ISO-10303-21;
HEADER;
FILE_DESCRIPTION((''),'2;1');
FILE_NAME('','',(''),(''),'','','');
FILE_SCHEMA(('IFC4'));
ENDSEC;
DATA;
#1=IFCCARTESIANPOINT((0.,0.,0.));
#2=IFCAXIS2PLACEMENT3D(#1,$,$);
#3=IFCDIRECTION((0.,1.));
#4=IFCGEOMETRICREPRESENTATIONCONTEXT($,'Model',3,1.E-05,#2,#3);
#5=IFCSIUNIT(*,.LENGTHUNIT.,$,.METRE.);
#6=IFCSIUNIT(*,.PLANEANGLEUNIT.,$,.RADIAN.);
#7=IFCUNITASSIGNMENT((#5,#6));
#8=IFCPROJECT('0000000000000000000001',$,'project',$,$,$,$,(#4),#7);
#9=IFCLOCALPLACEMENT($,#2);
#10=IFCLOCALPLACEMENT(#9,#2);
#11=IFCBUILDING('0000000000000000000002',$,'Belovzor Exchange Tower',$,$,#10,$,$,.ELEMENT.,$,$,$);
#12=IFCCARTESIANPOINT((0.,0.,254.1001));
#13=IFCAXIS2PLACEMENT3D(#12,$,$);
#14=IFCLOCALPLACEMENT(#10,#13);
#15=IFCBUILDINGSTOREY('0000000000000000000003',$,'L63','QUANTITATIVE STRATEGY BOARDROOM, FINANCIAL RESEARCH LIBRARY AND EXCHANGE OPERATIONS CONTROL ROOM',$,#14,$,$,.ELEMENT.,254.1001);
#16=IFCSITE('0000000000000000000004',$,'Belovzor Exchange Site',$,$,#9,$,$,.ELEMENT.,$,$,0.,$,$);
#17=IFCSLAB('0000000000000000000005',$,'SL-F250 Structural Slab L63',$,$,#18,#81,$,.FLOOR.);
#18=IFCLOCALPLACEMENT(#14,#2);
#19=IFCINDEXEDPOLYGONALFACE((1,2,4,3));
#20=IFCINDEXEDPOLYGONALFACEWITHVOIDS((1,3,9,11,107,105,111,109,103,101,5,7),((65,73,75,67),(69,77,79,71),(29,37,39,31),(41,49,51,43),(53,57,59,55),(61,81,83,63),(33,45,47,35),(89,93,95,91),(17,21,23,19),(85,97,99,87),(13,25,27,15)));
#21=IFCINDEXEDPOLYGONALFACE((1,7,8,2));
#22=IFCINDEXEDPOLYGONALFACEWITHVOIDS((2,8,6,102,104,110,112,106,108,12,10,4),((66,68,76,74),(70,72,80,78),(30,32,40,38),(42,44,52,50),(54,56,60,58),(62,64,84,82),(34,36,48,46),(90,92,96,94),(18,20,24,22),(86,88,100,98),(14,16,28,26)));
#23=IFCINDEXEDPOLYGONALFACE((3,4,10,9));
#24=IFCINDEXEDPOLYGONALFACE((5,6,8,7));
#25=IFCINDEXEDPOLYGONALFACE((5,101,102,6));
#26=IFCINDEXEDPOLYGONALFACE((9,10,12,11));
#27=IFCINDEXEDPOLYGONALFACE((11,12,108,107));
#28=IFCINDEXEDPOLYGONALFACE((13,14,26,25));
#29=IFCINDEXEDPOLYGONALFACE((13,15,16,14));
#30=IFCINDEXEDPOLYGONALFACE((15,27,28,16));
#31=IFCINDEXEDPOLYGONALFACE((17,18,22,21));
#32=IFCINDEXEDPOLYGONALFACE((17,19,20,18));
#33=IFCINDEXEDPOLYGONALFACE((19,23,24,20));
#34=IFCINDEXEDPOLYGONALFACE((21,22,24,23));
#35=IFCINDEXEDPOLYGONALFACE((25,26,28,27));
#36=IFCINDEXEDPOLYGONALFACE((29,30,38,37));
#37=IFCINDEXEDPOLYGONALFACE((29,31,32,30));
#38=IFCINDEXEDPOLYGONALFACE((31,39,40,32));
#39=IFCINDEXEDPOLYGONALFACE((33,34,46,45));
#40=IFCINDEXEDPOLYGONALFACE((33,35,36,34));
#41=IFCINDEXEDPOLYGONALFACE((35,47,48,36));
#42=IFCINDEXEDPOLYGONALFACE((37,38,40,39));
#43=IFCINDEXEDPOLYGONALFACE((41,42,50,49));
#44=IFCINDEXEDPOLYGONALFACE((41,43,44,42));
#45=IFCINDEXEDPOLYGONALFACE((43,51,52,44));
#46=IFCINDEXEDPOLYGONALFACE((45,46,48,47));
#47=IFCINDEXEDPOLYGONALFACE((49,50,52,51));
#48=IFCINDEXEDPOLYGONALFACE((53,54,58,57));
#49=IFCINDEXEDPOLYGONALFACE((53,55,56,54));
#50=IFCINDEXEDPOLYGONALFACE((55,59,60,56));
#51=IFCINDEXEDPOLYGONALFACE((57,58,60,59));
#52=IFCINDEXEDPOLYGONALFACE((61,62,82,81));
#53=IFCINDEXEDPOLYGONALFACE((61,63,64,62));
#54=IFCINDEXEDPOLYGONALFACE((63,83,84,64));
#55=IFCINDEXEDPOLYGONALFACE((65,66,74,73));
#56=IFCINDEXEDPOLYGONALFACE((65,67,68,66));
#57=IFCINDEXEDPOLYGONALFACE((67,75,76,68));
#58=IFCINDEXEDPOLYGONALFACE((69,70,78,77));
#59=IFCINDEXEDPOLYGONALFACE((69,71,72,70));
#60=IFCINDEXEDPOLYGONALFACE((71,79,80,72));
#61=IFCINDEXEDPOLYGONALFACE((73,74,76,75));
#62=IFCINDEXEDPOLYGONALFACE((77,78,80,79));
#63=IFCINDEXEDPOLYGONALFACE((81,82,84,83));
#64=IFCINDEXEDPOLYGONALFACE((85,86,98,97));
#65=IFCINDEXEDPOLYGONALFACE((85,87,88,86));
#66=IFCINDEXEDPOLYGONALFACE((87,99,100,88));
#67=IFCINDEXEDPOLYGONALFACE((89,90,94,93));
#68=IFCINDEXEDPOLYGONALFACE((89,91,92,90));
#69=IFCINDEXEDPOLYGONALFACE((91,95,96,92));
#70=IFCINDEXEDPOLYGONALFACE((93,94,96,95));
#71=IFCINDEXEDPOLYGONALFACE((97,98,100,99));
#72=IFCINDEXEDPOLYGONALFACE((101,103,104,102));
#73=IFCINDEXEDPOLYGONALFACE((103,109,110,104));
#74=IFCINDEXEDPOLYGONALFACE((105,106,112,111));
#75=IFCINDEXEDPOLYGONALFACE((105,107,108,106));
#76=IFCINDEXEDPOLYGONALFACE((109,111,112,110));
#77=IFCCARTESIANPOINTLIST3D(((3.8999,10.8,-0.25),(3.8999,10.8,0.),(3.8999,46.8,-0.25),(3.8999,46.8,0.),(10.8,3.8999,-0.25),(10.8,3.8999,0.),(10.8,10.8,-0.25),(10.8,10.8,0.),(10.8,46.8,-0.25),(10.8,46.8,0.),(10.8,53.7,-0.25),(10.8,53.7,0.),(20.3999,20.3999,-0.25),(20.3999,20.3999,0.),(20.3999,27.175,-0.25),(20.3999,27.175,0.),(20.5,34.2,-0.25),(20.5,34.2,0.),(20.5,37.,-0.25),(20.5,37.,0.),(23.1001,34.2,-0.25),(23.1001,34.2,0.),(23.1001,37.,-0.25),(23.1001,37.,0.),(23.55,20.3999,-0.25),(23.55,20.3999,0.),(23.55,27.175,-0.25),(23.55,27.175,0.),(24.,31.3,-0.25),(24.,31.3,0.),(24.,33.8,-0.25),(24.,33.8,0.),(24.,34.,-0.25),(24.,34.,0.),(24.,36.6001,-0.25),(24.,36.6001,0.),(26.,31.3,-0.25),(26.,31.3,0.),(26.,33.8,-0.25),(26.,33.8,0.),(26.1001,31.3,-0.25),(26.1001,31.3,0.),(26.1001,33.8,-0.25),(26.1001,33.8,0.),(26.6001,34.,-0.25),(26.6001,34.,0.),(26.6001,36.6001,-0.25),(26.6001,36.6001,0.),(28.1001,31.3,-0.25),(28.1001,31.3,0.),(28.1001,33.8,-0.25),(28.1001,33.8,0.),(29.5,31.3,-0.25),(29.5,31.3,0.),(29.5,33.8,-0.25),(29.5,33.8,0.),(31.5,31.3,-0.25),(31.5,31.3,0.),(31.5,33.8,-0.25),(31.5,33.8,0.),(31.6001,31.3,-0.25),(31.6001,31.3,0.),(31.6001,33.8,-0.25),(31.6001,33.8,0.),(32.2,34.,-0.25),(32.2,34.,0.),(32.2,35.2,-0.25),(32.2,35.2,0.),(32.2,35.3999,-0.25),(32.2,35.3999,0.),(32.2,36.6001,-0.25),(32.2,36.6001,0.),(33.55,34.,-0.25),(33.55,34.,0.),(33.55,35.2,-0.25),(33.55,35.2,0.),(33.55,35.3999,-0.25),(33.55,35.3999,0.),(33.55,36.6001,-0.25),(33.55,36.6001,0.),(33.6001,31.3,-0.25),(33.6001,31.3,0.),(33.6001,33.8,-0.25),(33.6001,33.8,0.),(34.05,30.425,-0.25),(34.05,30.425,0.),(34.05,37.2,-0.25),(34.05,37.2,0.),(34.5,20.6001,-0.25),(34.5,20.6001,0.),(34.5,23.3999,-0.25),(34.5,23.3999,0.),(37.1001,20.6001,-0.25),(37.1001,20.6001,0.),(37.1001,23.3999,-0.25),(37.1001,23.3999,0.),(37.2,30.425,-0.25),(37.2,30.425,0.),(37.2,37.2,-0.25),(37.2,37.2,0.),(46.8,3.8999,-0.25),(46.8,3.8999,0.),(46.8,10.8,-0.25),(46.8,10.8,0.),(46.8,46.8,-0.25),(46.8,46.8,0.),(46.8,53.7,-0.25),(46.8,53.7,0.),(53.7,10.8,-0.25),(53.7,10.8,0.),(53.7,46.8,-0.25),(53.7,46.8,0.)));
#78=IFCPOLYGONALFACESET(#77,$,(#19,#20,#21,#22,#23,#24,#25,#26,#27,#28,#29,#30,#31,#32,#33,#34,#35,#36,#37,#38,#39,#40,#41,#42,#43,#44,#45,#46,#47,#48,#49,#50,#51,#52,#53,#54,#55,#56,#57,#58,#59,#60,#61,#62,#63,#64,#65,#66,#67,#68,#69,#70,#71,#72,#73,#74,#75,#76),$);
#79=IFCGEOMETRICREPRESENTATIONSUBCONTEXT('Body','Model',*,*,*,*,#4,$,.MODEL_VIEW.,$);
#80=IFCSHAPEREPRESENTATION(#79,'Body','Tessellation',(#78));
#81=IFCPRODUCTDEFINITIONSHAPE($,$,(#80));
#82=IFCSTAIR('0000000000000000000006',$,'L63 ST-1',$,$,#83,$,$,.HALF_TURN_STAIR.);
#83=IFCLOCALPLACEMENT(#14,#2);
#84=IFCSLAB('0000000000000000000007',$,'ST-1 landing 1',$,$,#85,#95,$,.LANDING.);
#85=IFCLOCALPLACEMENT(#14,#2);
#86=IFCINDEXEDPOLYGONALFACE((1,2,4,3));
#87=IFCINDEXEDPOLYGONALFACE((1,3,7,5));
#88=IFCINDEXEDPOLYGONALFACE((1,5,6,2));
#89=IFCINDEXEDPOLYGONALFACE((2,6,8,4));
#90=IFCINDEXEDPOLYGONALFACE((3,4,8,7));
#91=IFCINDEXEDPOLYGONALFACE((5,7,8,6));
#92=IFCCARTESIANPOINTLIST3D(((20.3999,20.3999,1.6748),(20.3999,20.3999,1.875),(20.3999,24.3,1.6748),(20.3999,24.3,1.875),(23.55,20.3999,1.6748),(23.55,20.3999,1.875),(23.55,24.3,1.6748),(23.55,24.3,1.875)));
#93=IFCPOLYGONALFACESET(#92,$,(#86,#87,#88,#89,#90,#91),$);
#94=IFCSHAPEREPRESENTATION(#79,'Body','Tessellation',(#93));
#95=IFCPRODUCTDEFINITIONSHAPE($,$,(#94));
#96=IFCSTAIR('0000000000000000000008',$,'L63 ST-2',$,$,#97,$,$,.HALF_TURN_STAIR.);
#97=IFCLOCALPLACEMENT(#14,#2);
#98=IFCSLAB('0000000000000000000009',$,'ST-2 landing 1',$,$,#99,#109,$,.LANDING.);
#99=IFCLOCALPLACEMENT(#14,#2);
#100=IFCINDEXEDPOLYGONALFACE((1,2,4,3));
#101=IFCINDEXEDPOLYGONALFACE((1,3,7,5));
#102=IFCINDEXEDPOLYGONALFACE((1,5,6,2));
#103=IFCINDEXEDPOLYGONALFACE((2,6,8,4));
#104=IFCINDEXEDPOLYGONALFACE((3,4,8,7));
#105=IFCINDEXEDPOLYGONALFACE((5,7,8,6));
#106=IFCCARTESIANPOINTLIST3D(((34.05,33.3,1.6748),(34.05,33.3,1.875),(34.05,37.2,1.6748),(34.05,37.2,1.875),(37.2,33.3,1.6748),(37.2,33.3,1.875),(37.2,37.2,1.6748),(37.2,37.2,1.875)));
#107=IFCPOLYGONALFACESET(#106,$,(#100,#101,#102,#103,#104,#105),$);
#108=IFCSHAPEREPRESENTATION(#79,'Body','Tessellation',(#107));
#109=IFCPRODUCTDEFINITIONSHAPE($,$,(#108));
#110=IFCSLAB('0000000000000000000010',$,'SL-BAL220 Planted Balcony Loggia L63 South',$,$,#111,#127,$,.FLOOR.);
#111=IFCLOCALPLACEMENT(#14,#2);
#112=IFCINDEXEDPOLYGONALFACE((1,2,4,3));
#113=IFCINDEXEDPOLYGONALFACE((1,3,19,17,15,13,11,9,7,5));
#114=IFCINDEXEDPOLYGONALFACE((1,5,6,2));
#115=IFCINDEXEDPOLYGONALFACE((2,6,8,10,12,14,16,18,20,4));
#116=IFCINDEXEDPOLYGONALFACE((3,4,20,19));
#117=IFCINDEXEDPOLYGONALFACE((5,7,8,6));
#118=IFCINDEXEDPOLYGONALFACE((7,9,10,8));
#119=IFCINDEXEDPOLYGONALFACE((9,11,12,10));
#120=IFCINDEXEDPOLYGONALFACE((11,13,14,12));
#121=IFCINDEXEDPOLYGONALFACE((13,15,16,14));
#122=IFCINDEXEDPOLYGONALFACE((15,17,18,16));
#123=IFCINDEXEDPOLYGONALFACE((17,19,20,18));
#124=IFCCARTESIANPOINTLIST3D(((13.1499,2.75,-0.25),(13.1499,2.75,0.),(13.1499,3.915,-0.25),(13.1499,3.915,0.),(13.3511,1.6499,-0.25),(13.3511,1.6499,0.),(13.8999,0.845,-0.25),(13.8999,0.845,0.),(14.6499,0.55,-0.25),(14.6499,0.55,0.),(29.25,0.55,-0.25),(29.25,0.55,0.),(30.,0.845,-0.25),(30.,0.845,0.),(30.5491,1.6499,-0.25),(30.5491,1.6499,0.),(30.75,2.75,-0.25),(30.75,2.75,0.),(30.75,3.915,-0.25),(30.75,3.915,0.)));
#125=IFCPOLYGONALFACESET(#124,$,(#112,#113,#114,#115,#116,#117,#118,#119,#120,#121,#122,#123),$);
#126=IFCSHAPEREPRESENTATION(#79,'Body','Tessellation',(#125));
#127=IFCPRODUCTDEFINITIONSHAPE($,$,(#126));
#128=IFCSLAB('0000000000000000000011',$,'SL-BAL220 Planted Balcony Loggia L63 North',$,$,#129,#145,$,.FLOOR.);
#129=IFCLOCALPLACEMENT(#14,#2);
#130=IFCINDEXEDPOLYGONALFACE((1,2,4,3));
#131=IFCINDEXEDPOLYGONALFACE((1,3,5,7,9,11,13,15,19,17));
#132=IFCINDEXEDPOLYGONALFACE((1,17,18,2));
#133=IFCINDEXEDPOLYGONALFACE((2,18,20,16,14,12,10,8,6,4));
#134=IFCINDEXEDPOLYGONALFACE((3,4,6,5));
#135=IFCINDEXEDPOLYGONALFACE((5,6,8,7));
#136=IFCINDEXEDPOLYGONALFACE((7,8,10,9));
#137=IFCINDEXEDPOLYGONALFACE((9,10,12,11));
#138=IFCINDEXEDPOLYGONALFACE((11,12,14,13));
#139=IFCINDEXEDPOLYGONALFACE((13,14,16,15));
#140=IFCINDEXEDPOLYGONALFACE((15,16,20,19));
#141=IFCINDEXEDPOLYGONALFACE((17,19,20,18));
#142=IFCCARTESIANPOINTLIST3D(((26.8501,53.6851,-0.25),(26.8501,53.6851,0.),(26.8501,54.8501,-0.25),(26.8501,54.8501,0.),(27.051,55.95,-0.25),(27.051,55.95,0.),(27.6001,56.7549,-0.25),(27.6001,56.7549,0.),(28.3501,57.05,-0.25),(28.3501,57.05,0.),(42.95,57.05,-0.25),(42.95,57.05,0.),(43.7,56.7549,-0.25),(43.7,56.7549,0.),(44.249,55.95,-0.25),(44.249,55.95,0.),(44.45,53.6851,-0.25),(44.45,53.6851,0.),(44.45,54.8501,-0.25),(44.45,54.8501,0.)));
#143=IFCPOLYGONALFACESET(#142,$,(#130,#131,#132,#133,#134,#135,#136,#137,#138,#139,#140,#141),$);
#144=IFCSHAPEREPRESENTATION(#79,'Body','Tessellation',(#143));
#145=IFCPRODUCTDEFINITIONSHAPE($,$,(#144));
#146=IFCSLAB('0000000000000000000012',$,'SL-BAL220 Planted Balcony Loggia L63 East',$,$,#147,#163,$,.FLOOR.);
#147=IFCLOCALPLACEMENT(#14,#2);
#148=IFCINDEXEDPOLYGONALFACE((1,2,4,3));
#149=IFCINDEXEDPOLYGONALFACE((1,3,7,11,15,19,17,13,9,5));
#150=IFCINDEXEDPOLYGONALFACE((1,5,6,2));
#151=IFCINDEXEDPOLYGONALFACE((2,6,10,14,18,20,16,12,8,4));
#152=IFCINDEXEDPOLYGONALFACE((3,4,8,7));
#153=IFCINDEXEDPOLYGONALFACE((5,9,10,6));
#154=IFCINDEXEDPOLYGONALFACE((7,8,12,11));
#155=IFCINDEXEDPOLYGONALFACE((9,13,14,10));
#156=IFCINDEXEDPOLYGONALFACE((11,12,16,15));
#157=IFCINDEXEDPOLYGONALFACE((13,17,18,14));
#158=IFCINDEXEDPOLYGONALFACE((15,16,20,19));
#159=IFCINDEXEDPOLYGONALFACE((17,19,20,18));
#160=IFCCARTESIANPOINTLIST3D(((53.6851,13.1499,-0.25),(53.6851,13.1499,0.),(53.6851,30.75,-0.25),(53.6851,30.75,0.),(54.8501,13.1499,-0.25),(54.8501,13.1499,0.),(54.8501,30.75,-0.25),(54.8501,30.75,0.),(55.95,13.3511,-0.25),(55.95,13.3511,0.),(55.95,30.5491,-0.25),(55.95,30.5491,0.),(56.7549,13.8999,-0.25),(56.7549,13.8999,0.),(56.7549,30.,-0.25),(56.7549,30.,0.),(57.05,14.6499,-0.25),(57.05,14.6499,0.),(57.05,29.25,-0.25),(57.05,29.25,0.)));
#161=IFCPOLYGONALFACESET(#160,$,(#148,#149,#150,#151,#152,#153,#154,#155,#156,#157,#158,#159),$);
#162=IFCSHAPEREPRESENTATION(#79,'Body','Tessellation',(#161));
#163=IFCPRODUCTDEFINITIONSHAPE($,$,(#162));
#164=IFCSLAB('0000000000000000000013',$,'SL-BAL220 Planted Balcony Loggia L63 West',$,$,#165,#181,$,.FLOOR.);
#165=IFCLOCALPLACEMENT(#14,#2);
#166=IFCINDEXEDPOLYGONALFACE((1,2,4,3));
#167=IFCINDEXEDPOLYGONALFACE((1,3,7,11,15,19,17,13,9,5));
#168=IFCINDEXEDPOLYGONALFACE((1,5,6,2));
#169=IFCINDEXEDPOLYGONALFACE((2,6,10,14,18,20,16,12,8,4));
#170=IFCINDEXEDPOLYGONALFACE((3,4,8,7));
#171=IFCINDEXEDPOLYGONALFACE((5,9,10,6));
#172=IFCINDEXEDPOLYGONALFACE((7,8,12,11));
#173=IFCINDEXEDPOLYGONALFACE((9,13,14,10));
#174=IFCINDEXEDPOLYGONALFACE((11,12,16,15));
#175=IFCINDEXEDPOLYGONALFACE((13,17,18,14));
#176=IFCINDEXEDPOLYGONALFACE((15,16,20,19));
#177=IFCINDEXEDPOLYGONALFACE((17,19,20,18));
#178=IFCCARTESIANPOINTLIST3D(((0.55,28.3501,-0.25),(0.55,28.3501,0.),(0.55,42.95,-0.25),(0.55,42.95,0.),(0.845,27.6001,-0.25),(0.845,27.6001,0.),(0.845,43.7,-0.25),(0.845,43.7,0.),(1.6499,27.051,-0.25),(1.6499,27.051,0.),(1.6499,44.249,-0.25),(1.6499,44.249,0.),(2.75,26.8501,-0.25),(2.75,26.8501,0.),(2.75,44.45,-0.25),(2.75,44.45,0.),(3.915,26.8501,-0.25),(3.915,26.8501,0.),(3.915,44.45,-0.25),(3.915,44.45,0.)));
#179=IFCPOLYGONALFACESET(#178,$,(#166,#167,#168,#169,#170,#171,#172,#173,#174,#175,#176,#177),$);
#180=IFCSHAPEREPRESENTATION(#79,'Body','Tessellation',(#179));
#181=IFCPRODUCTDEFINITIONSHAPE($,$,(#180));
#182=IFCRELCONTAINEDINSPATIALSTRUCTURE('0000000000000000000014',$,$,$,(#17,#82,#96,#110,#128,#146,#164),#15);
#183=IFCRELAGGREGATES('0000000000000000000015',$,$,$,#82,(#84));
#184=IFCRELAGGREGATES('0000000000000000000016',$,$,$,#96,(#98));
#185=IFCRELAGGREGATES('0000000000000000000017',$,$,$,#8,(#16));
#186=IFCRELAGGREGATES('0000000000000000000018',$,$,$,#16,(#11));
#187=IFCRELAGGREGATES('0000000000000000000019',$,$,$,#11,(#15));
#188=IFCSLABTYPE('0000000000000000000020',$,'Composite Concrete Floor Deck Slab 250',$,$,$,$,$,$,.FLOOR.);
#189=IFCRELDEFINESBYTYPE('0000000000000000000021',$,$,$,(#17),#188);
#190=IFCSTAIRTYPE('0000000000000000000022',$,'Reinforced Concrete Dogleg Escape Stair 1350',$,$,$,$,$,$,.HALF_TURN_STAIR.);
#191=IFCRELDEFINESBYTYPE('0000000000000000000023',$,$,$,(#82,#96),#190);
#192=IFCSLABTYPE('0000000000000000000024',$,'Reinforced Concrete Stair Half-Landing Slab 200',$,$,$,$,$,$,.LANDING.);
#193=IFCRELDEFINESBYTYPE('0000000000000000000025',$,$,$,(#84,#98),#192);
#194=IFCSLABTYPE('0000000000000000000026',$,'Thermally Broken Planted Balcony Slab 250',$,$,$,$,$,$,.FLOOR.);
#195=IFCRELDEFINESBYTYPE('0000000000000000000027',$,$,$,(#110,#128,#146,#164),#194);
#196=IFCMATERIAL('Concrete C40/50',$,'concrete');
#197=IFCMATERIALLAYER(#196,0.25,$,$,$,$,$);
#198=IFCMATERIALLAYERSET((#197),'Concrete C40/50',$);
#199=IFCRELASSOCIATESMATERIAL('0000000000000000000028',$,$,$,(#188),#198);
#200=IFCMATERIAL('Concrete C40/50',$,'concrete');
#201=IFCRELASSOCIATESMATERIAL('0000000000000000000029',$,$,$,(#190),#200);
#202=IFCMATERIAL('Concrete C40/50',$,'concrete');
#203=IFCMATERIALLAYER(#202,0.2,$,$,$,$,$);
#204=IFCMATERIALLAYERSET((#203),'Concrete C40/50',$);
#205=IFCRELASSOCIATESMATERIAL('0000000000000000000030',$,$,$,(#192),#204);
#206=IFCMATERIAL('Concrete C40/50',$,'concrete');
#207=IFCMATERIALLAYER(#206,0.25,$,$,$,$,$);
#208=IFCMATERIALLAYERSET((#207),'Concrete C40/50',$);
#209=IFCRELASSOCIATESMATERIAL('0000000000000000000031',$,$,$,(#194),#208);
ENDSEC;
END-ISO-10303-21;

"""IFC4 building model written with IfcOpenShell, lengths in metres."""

from ifc_helpers import new_model, si_unit, direction, frame, origin, place, context, subcontext, project, spatial, polyline, outline, extrude, material, layer, layer_set, type_object, element, aggregate, save


model = new_model("IFC4")

# Units and contexts
model_context = context("Model", 3, precision=1e-05, world=origin(), true_north=direction((0.0, 1.0)))
body_context = subcontext(model_context, "Body", "Model", "MODEL_VIEW")
ifc_project = project(units=[si_unit("LENGTHUNIT", "METRE"), si_unit("PLANEANGLEUNIT", "RADIAN")], contexts=[model_context])

# Site, building, storey
site_placement = place(None, origin())
site = spatial("IfcSite", under=ifc_project, at=site_placement, Name="Belovzor Exchange Site", CompositionType="ELEMENT", RefElevation=0.0)
building_placement = place(site_placement, origin())
building = spatial("IfcBuilding", under=site, at=building_placement, Name="Belovzor Exchange Tower", CompositionType="ELEMENT")
storey_placement = place(building_placement, frame((0.0, 0.0, 254.1001)))
storey = spatial("IfcBuildingStorey", under=building, at=storey_placement, Name="L63", Description="QUANTITATIVE STRATEGY BOARDROOM, FINANCIAL RESEARCH LIBRARY AND EXCHANGE OPERATIONS CONTROL ROOM", CompositionType="ELEMENT", Elevation=254.1001)

# Slab
ifc_material_1 = material(Name="Concrete C40/50", Category="concrete")
ifc_layer_1 = layer(ifc_material_1, 0.25)
ifc_layer_set_1 = layer_set([ifc_layer_1], Name="Concrete C40/50")
slab_type_1 = type_object("IfcSlabType", Name="Composite Concrete Floor Deck Slab 250", PredefinedType="FLOOR", material=ifc_layer_set_1)
slab_1_placement = place(storey_placement, frame((0.0, 0.0, -0.25)))
element("IfcSlab", 1, at=slab_1_placement, inside=storey, type_object=slab_type_1, Name="SL-F250 Structural Slab L63", PredefinedType="FLOOR", context=body_context, shape_type="SweptSolid", body=[
    extrude(outline(polyline([(10.8, 3.8999), (46.8, 3.8999), (46.8, 10.8), (53.7, 10.8), (53.7, 46.8), (46.8, 46.8), (46.8, 53.7), (10.8, 53.7), (10.8, 46.8), (3.8999, 46.8), (3.8999, 10.8), (10.8, 10.8), (10.8, 3.8999)]), holes=[polyline([(20.3999, 27.175), (20.3999, 20.3999), (23.55, 20.3999), (23.55, 27.175), (20.3999, 27.175)]), polyline([(37.2, 30.425), (37.2, 37.2), (34.05, 37.2), (34.05, 30.425), (37.2, 30.425)]), polyline([(20.5, 34.2), (23.1001, 34.2), (23.1001, 37.0), (20.5, 37.0), (20.5, 34.2)]), polyline([(34.5, 20.6001), (37.1001, 20.6001), (37.1001, 23.3999), (34.5, 23.3999), (34.5, 20.6001)]), polyline([(24.0, 34.0), (26.6001, 34.0), (26.6001, 36.6001), (24.0, 36.6001), (24.0, 34.0)]), polyline([(24.0, 31.3), (26.0, 31.3), (26.0, 33.8), (24.0, 33.8), (24.0, 31.3)]), polyline([(26.1001, 31.3), (28.1001, 31.3), (28.1001, 33.8), (26.1001, 33.8), (26.1001, 31.3)]), polyline([(29.5, 31.3), (31.5, 31.3), (31.5, 33.8), (29.5, 33.8), (29.5, 31.3)]), polyline([(31.6001, 31.3), (33.6001, 31.3), (33.6001, 33.8), (31.6001, 33.8), (31.6001, 31.3)]), polyline([(32.2, 34.0), (33.55, 34.0), (33.55, 35.2), (32.2, 35.2), (32.2, 34.0)]), polyline([(32.2, 35.3999), (33.55, 35.3999), (33.55, 36.6001), (32.2, 36.6001), (32.2, 35.3999)])]), origin(), (0.0, 0.0, 1.0), 0.25),
])

# Stairs, slabs
ifc_material_2 = material(Name="Concrete C40/50", Category="concrete")
stair_type = type_object("IfcStairType", Name="Reinforced Concrete Dogleg Escape Stair 1350", PredefinedType="HALF_TURN_STAIR", material=ifc_material_2)
stair_1_placement = place(storey_placement, origin())
stair_1 = element("IfcStair", 2, at=stair_1_placement, inside=storey, type_object=stair_type, Name="L63 ST-1", PredefinedType="HALF_TURN_STAIR")
ifc_material_3 = material(Name="Concrete C40/50", Category="concrete")
ifc_layer_2 = layer(ifc_material_3, 0.2)
ifc_layer_set_2 = layer_set([ifc_layer_2], Name="Concrete C40/50")
slab_type_2 = type_object("IfcSlabType", Name="Reinforced Concrete Stair Half-Landing Slab 200", PredefinedType="LANDING", material=ifc_layer_set_2)
slab_2_placement = place(storey_placement, frame((0.0, 0.0, 1.6748)))
slab_2 = element("IfcSlab", 3, at=slab_2_placement, type_object=slab_type_2, Name="ST-1 landing 1", PredefinedType="LANDING", context=body_context, shape_type="SweptSolid", body=[
    extrude(outline(polyline([(20.3999, 24.3), (20.3999, 20.3999), (23.55, 20.3999), (23.55, 24.3), (20.3999, 24.3)])), origin(), (0.0, 0.0, 1.0), 0.2002),
])
aggregate(stair_1, [slab_2])
stair_2_placement = place(storey_placement, origin())
stair_2 = element("IfcStair", 4, at=stair_2_placement, inside=storey, type_object=stair_type, Name="L63 ST-2", PredefinedType="HALF_TURN_STAIR")
slab_3_placement = place(storey_placement, frame((0.0, 0.0, 1.6748)))
slab_3 = element("IfcSlab", 5, at=slab_3_placement, type_object=slab_type_2, Name="ST-2 landing 1", PredefinedType="LANDING", context=body_context, shape_type="SweptSolid", body=[
    extrude(outline(polyline([(37.2, 33.3), (37.2, 37.2), (34.05, 37.2), (34.05, 33.3), (37.2, 33.3)])), origin(), (0.0, 0.0, 1.0), 0.2002),
])
aggregate(stair_2, [slab_3])

# Slabs
ifc_material_4 = material(Name="Concrete C40/50", Category="concrete")
ifc_layer_3 = layer(ifc_material_4, 0.25)
ifc_layer_set_3 = layer_set([ifc_layer_3], Name="Concrete C40/50")
slab_type_3 = type_object("IfcSlabType", Name="Thermally Broken Planted Balcony Slab 250", PredefinedType="FLOOR", material=ifc_layer_set_3)
slab_4_placement = place(storey_placement, frame((0.0, 0.0, -0.25)))
element("IfcSlab", 6, at=slab_4_placement, inside=storey, type_object=slab_type_3, Name="SL-BAL220 Planted Balcony Loggia L63 South", PredefinedType="FLOOR", context=body_context, shape_type="SweptSolid", body=[
    extrude(outline(polyline([(13.1499, 3.915), (13.1499, 2.75), (13.3511, 1.6499), (13.8999, 0.845), (14.6499, 0.55), (29.25, 0.55), (30.0, 0.845), (30.5491, 1.6499), (30.75, 2.75), (30.75, 3.915), (13.1499, 3.915)])), origin(), (0.0, 0.0, 1.0), 0.25),
])
slab_5_placement = place(storey_placement, frame((0.0, 0.0, -0.25)))
element("IfcSlab", 7, at=slab_5_placement, inside=storey, type_object=slab_type_3, Name="SL-BAL220 Planted Balcony Loggia L63 North", PredefinedType="FLOOR", context=body_context, shape_type="SweptSolid", body=[
    extrude(outline(polyline([(44.45, 53.6851), (44.45, 54.8501), (44.249, 55.95), (43.7, 56.7549), (42.95, 57.05), (28.3501, 57.05), (27.6001, 56.7549), (27.051, 55.95), (26.8501, 54.8501), (26.8501, 53.6851), (44.45, 53.6851)])), origin(), (0.0, 0.0, 1.0), 0.25),
])
slab_6_placement = place(storey_placement, frame((0.0, 0.0, -0.25)))
element("IfcSlab", 8, at=slab_6_placement, inside=storey, type_object=slab_type_3, Name="SL-BAL220 Planted Balcony Loggia L63 East", PredefinedType="FLOOR", context=body_context, shape_type="SweptSolid", body=[
    extrude(outline(polyline([(53.6851, 13.1499), (54.8501, 13.1499), (55.95, 13.3511), (56.7549, 13.8999), (57.05, 14.6499), (57.05, 29.25), (56.7549, 30.0), (55.95, 30.5491), (54.8501, 30.75), (53.6851, 30.75), (53.6851, 13.1499)])), origin(), (0.0, 0.0, 1.0), 0.25),
])
slab_7_placement = place(storey_placement, frame((0.0, 0.0, -0.25)))
element("IfcSlab", 9, at=slab_7_placement, inside=storey, type_object=slab_type_3, Name="SL-BAL220 Planted Balcony Loggia L63 West", PredefinedType="FLOOR", context=body_context, shape_type="SweptSolid", body=[
    extrude(outline(polyline([(3.915, 44.45), (2.75, 44.45), (1.6499, 44.249), (0.845, 43.7), (0.55, 42.95), (0.55, 28.3501), (0.845, 27.6001), (1.6499, 27.051), (2.75, 26.8501), (3.915, 26.8501), (3.915, 44.45)])), origin(), (0.0, 0.0, 1.0), 0.25),
])

save(model, "model.ifc")
